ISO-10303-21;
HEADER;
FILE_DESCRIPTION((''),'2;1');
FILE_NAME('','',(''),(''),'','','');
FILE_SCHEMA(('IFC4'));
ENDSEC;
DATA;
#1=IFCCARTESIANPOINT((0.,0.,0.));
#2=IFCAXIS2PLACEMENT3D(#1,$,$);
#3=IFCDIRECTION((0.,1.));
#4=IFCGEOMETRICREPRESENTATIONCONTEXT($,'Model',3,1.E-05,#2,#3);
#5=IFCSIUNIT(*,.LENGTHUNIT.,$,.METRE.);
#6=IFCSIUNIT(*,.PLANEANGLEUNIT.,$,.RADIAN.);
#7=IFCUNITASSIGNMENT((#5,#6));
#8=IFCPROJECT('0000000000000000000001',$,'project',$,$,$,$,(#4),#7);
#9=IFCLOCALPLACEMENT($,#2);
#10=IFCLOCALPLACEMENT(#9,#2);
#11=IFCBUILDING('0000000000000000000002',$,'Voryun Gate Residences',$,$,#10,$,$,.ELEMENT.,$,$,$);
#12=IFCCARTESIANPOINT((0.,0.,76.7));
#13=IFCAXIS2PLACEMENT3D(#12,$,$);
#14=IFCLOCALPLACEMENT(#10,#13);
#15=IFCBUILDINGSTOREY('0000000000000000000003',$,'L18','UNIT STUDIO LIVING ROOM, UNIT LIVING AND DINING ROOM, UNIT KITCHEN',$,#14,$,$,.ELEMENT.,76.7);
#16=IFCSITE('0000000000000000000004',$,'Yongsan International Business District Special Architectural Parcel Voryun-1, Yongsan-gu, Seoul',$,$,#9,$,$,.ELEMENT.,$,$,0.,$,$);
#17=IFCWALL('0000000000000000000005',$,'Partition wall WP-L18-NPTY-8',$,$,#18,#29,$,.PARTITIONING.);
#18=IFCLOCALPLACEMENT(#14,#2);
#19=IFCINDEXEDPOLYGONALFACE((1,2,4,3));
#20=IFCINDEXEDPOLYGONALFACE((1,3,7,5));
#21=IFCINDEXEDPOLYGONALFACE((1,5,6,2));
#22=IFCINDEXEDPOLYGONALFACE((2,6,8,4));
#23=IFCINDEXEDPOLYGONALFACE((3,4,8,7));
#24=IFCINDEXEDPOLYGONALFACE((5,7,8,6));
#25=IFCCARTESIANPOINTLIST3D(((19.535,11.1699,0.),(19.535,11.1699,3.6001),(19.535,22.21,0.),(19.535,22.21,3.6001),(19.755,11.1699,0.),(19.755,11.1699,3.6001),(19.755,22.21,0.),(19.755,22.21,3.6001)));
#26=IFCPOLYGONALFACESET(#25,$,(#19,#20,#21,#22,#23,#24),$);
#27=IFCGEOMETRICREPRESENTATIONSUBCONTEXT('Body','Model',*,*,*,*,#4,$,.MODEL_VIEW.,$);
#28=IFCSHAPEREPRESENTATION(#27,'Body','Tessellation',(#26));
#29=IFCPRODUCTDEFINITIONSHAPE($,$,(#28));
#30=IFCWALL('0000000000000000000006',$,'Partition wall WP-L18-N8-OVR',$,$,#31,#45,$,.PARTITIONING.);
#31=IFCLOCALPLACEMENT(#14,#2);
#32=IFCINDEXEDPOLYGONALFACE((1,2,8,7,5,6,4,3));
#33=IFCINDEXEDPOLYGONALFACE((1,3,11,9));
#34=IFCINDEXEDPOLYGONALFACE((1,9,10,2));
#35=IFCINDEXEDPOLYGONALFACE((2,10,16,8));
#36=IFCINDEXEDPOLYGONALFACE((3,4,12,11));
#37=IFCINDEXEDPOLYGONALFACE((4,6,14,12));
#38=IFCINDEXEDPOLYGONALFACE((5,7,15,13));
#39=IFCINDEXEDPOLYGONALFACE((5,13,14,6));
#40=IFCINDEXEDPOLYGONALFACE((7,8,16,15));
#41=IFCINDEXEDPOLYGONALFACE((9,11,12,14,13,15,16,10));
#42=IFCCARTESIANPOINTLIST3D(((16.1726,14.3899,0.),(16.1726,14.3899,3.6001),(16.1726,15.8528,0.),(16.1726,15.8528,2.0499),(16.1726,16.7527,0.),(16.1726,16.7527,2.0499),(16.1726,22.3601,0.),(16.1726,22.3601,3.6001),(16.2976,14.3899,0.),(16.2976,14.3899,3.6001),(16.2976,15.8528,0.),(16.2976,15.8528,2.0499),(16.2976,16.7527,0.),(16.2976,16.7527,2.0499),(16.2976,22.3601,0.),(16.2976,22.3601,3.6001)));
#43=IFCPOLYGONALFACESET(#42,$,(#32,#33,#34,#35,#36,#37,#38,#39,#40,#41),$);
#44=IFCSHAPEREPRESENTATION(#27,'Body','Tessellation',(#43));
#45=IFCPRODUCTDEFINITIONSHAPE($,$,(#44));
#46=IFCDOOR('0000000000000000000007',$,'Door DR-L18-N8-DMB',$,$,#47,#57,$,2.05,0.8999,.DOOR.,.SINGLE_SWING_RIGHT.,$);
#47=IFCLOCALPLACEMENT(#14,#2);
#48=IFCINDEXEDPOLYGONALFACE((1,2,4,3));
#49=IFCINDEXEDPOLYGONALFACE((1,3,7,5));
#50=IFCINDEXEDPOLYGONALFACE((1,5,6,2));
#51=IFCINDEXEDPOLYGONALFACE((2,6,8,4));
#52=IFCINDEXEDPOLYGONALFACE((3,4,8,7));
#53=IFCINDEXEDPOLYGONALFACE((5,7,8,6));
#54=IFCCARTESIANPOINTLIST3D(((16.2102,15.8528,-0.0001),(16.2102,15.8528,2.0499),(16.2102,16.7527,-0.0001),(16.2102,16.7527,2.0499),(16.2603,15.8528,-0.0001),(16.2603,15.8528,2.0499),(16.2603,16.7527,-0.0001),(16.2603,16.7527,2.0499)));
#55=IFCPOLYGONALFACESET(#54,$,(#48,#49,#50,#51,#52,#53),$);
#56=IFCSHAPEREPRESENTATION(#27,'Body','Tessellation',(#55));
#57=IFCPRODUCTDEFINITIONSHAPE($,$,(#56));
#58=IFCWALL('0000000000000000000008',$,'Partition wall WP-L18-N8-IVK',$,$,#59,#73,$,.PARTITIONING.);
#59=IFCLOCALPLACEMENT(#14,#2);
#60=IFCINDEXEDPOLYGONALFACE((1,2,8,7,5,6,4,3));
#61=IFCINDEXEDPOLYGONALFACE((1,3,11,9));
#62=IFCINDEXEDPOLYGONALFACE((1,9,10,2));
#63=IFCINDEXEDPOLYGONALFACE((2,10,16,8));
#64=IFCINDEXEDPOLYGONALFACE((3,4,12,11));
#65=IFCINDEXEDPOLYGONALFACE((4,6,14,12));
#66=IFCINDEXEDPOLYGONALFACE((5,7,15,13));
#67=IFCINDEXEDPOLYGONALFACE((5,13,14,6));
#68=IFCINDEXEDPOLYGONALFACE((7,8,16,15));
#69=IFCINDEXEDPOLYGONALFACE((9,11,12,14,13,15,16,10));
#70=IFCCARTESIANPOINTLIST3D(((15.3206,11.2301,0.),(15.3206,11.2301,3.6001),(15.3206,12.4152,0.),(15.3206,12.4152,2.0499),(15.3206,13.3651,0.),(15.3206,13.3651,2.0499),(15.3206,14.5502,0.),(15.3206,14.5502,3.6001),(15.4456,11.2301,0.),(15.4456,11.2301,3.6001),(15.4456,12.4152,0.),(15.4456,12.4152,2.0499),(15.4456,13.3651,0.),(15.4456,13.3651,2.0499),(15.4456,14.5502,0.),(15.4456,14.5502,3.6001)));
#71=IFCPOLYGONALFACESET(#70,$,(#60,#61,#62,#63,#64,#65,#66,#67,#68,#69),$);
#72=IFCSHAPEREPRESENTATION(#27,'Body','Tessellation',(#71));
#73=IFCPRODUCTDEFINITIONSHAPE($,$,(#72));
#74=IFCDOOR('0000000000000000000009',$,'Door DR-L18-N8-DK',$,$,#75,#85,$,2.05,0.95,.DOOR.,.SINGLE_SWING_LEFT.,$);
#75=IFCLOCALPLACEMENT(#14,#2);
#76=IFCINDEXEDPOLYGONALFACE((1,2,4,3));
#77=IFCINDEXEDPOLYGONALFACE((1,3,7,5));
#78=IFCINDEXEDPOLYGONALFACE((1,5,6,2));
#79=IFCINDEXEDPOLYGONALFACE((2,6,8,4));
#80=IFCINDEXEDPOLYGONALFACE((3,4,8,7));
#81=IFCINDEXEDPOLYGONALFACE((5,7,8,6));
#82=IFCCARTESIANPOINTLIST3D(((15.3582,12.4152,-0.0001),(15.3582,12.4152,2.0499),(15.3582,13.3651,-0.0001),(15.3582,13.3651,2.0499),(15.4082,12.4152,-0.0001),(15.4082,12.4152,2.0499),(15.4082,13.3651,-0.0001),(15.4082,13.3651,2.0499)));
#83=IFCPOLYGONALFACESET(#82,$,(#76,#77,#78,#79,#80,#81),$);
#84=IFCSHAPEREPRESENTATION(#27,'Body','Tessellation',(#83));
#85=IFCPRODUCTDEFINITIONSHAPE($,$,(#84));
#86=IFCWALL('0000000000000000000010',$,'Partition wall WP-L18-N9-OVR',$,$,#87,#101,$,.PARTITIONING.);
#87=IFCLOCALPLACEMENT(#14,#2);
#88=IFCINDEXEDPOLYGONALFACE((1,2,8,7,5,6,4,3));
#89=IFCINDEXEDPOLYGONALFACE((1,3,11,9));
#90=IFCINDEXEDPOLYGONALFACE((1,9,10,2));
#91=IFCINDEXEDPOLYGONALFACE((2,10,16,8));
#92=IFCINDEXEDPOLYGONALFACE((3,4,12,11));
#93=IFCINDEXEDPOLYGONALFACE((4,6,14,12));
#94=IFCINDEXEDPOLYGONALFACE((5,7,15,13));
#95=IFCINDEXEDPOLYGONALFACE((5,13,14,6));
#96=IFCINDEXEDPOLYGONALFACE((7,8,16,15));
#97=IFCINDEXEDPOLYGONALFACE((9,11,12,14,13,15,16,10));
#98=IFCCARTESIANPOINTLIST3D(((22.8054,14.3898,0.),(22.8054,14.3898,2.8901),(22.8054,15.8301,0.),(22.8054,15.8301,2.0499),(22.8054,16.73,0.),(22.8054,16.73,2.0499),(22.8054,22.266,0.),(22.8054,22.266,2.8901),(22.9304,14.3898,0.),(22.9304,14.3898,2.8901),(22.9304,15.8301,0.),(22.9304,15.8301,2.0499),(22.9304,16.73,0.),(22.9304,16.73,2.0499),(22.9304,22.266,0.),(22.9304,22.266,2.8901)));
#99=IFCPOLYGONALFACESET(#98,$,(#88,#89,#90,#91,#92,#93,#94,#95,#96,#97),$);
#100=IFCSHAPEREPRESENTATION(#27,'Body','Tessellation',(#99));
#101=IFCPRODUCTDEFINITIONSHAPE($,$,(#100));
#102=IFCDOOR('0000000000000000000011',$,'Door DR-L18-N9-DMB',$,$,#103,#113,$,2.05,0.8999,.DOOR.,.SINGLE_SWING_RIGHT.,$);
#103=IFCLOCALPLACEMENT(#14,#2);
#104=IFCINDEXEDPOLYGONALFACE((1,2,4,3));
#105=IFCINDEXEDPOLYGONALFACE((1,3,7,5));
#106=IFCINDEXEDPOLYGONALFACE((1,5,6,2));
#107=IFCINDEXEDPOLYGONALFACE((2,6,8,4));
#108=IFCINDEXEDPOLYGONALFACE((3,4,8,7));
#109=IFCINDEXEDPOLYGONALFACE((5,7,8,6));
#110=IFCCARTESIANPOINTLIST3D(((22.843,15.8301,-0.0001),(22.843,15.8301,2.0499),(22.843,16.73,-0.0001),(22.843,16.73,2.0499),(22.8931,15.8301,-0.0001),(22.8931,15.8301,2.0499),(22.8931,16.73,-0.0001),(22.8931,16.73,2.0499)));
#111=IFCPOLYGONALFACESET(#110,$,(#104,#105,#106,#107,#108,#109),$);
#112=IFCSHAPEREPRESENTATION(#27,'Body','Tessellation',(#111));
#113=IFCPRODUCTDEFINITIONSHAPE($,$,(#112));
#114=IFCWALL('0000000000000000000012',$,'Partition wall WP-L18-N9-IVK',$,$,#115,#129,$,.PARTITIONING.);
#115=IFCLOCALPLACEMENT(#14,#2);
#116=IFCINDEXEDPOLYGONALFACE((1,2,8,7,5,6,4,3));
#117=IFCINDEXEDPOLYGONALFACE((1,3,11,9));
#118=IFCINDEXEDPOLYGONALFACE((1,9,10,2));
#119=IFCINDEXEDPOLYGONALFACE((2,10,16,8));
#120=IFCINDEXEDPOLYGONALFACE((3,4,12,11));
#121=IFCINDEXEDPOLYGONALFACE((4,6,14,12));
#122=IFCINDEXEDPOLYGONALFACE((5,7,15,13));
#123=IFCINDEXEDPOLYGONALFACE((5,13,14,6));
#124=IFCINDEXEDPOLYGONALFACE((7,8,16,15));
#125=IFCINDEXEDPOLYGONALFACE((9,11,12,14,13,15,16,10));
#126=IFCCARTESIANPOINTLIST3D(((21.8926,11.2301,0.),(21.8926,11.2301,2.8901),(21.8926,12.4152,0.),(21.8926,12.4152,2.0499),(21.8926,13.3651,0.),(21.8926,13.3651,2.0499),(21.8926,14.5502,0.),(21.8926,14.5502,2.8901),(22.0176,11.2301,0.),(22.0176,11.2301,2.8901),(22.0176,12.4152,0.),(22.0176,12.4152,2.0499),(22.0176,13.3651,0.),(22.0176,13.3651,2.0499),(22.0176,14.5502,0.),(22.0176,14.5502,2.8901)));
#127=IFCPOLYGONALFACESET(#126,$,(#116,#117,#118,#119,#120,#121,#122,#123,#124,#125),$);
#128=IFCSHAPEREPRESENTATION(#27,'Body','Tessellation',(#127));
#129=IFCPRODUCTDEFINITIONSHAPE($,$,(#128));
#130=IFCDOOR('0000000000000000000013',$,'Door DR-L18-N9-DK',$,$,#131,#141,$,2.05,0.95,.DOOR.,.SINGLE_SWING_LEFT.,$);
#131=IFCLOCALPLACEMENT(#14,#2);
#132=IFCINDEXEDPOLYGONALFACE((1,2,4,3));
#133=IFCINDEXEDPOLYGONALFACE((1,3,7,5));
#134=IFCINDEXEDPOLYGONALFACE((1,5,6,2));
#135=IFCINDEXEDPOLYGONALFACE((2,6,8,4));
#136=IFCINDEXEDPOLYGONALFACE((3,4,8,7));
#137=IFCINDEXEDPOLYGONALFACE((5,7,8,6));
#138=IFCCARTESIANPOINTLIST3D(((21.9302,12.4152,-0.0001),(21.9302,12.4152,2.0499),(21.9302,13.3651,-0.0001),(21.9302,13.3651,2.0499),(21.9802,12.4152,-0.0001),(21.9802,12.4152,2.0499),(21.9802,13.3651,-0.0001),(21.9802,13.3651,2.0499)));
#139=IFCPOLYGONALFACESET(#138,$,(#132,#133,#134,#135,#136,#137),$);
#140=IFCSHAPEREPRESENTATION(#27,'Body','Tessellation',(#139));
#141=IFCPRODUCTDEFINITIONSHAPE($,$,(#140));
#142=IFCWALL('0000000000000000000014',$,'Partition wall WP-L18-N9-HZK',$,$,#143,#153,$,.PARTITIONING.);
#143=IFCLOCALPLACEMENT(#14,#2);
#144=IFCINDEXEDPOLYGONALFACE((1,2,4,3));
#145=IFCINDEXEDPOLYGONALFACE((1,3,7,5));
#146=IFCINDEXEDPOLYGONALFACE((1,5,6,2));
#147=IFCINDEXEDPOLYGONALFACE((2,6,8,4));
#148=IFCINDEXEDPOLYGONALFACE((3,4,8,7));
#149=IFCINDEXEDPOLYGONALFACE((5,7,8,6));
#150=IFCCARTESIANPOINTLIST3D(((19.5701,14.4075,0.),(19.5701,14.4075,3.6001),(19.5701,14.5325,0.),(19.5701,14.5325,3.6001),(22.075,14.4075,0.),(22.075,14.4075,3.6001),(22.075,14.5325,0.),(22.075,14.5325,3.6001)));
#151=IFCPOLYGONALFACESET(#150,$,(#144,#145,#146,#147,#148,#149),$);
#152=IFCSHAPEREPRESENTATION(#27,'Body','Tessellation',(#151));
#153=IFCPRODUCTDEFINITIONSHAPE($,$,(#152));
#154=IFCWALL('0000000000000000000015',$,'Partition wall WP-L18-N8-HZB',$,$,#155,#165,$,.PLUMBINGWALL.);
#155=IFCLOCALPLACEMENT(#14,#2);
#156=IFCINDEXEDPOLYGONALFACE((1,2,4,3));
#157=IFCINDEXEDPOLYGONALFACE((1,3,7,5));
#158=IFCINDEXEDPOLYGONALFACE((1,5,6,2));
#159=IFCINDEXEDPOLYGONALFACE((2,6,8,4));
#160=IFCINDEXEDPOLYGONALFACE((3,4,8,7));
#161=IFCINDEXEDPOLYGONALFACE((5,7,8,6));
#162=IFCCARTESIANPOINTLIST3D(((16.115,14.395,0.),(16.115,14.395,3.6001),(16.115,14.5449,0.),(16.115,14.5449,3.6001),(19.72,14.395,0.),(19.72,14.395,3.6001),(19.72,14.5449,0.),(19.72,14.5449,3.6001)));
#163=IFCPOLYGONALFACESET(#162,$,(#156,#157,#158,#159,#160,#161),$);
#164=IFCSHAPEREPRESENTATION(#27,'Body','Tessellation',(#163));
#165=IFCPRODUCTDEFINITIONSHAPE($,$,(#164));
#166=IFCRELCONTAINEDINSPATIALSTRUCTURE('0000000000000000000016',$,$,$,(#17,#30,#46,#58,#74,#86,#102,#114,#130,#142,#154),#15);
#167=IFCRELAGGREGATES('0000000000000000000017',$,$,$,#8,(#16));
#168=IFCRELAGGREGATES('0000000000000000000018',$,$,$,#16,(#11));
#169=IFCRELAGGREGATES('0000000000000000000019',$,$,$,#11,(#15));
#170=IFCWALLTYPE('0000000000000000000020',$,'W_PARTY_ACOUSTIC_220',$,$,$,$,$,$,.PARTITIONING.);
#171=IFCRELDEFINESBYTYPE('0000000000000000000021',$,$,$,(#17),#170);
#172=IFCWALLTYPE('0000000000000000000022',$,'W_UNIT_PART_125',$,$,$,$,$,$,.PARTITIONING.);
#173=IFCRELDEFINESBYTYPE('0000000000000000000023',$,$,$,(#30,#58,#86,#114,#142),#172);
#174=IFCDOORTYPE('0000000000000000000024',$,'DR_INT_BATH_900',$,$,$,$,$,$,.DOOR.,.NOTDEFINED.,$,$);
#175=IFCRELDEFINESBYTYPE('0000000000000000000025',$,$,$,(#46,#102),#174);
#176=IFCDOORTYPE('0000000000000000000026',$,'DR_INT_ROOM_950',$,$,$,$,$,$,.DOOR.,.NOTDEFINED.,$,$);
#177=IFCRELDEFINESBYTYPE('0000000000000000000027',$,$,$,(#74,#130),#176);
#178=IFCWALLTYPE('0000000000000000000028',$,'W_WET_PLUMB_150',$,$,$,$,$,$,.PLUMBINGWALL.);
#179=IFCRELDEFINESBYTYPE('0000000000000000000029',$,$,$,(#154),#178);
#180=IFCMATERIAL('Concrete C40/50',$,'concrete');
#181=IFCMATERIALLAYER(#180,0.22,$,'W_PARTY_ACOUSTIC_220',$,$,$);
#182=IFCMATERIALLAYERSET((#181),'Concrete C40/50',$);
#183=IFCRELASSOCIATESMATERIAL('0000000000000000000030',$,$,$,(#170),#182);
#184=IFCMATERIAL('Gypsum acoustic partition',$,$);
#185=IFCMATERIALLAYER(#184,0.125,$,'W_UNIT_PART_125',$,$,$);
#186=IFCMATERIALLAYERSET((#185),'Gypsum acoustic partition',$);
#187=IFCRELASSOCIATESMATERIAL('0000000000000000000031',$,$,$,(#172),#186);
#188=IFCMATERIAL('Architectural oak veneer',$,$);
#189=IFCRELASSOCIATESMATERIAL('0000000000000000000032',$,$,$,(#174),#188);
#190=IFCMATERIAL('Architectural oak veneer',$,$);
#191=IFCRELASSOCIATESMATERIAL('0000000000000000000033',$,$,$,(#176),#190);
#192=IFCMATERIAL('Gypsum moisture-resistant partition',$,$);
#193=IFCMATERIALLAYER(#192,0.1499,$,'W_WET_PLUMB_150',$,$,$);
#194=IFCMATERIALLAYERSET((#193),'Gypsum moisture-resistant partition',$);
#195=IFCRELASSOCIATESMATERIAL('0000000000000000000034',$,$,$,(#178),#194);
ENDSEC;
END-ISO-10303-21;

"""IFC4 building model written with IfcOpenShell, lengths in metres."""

from ifc_helpers import new_model, si_unit, direction, frame, frame_2d, origin, place, context, subcontext, project, spatial, rectangle, extrude, material, layer, layer_set, type_object, element, fill, save


model = new_model("IFC4")

# Units and contexts
model_context = context("Model", 3, precision=1e-05, world=origin(), true_north=direction((0.0, 1.0)))
body_context = subcontext(model_context, "Body", "Model", "MODEL_VIEW")
ifc_project = project(units=[si_unit("LENGTHUNIT", "METRE"), si_unit("PLANEANGLEUNIT", "RADIAN")], contexts=[model_context])

# Site, building, storey
site_placement = place(None, origin())
site = spatial("IfcSite", under=ifc_project, at=site_placement, Name="Yongsan International Business District Special Architectural Parcel Voryun-1, Yongsan-gu, Seoul", CompositionType="ELEMENT", RefElevation=0.0)
building_placement = place(site_placement, origin())
building = spatial("IfcBuilding", under=site, at=building_placement, Name="Voryun Gate Residences", CompositionType="ELEMENT")
storey_placement = place(building_placement, frame((0.0, 0.0, 76.7)))
storey = spatial("IfcBuildingStorey", under=building, at=storey_placement, Name="L18", Description="UNIT STUDIO LIVING ROOM, UNIT LIVING AND DINING ROOM, UNIT KITCHEN", CompositionType="ELEMENT", Elevation=76.7)

# Wall
ifc_material_1 = material(Name="Concrete C40/50", Category="concrete")
ifc_layer_1 = layer(ifc_material_1, 0.22, Name="W_PARTY_ACOUSTIC_220")
ifc_layer_set_1 = layer_set([ifc_layer_1], Name="Concrete C40/50")
wall_type_1 = type_object("IfcWallType", Name="W_PARTY_ACOUSTIC_220", PredefinedType="PARTITIONING", material=ifc_layer_set_1)
wall_1_placement = place(storey_placement, frame((19.645, 11.1699, 0.0), z_axis=(0.0, 0.0, 1.0), x_axis=(0.0, 1.0, 0.0)))
element("IfcWall", 1, at=wall_1_placement, inside=storey, type_object=wall_type_1, Name="Partition wall WP-L18-NPTY-8", PredefinedType="PARTITIONING", context=body_context, shape_type="SweptSolid", body=[
    extrude(rectangle(XDim=11.04, YDim=0.22, at=frame_2d((5.52, 0.0))), origin(), (0.0, 0.0, 1.0), 3.6001),
])

# Walls, openings, doors
ifc_material_2 = material(Name="Gypsum acoustic partition")
ifc_layer_2 = layer(ifc_material_2, 0.125, Name="W_UNIT_PART_125")
ifc_layer_set_2 = layer_set([ifc_layer_2], Name="Gypsum acoustic partition")
wall_type_2 = type_object("IfcWallType", Name="W_UNIT_PART_125", PredefinedType="PARTITIONING", material=ifc_layer_set_2)
wall_2_placement = place(storey_placement, frame((16.2351, 14.3899, 0.0), z_axis=(0.0, 0.0, 1.0), x_axis=(0.0, 1.0, 0.0)))
wall_2 = element("IfcWall", 2, at=wall_2_placement, inside=storey, type_object=wall_type_2, Name="Partition wall WP-L18-N8-OVR", PredefinedType="PARTITIONING", context=body_context, shape_type="SweptSolid", body=[
    extrude(rectangle(XDim=7.9702, YDim=0.125, at=frame_2d((3.9851, 0.0))), origin(), (0.0, 0.0, 1.0), 3.6001),
])
opening_1_placement = place(wall_2_placement, frame((1.4629, 0.0, 0.0)))
opening_1 = element("IfcOpeningElement", 3, at=opening_1_placement, cuts=wall_2, PredefinedType="OPENING", context=body_context, shape_type="SweptSolid", body=[
    extrude(rectangle(XDim=0.8999, YDim=2.05, at=frame_2d((0.45, 1.0249))), frame((0.0, 0.0725, 0.0), z_axis=(0.0, -1.0, 0.0), x_axis=(1.0, 0.0, 0.0)), (0.0, 0.0, 1.0), 0.145),
])
ifc_material_3 = material(Name="Architectural oak veneer")
door_type_1 = type_object("IfcDoorType", Name="DR_INT_BATH_900", OperationType="NOTDEFINED", PredefinedType="DOOR", material=ifc_material_3)
door_1_placement = place(opening_1_placement, origin())
door_1 = element("IfcDoor", 4, at=door_1_placement, inside=storey, type_object=door_type_1, Name="Door DR-L18-N8-DMB", OperationType="SINGLE_SWING_RIGHT", OverallHeight=2.05, OverallWidth=0.8999, PredefinedType="DOOR", context=body_context, shape_type="SweptSolid", body=[
    extrude(rectangle(XDim=0.8999, YDim=2.05, at=frame_2d((0.45, 1.0249))), frame((0.0, 0.0249, 0.0), z_axis=(0.0, -1.0, 0.0), x_axis=(1.0, 0.0, 0.0)), (0.0, 0.0, 1.0), 0.05),
])
fill(opening_1, door_1)
wall_3_placement = place(storey_placement, frame((15.3831, 11.23, 0.0), z_axis=(0.0, 0.0, 1.0), x_axis=(0.0, 1.0, 0.0)))
wall_3 = element("IfcWall", 5, at=wall_3_placement, inside=storey, type_object=wall_type_2, Name="Partition wall WP-L18-N8-IVK", PredefinedType="PARTITIONING", context=body_context, shape_type="SweptSolid", body=[
    extrude(rectangle(XDim=3.3201, YDim=0.125, at=frame_2d((1.6602, 0.0))), origin(), (0.0, 0.0, 1.0), 3.6001),
])
opening_2_placement = place(wall_3_placement, frame((1.1851, 0.0, 0.0)))
opening_2 = element("IfcOpeningElement", 6, at=opening_2_placement, cuts=wall_3, PredefinedType="OPENING", context=body_context, shape_type="SweptSolid", body=[
    extrude(rectangle(XDim=0.95, YDim=2.05, at=frame_2d((0.4751, 1.0249))), frame((0.0, 0.0725, 0.0), z_axis=(0.0, -1.0, 0.0), x_axis=(1.0, 0.0, 0.0)), (0.0, 0.0, 1.0), 0.145),
])
ifc_material_4 = material(Name="Architectural oak veneer")
door_type_2 = type_object("IfcDoorType", Name="DR_INT_ROOM_950", OperationType="NOTDEFINED", PredefinedType="DOOR", material=ifc_material_4)
door_2_placement = place(opening_2_placement, origin())
door_2 = element("IfcDoor", 7, at=door_2_placement, inside=storey, type_object=door_type_2, Name="Door DR-L18-N8-DK", OperationType="SINGLE_SWING_LEFT", OverallHeight=2.05, OverallWidth=0.95, PredefinedType="DOOR", context=body_context, shape_type="SweptSolid", body=[
    extrude(rectangle(XDim=0.95, YDim=2.05, at=frame_2d((0.4751, 1.0249))), frame((0.0, 0.0249, 0.0), z_axis=(0.0, -1.0, 0.0), x_axis=(1.0, 0.0, 0.0)), (0.0, 0.0, 1.0), 0.05),
])
fill(opening_2, door_2)
wall_4_placement = place(storey_placement, frame((22.8679, 14.3899, 0.0), z_axis=(0.0, 0.0, 1.0), x_axis=(0.0, 1.0, 0.0)))
wall_4 = element("IfcWall", 8, at=wall_4_placement, inside=storey, type_object=wall_type_2, Name="Partition wall WP-L18-N9-OVR", PredefinedType="PARTITIONING", context=body_context, shape_type="SweptSolid", body=[
    extrude(rectangle(XDim=7.8762, YDim=0.125, at=frame_2d((3.938, 0.0))), origin(), (0.0, 0.0, 1.0), 2.8901),
])
opening_3_placement = place(wall_4_placement, frame((1.4402, 0.0, 0.0)))
opening_3 = element("IfcOpeningElement", 9, at=opening_3_placement, cuts=wall_4, PredefinedType="OPENING", context=body_context, shape_type="SweptSolid", body=[
    extrude(rectangle(XDim=0.8999, YDim=2.05, at=frame_2d((0.45, 1.0249))), frame((0.0, 0.0725, 0.0), z_axis=(0.0, -1.0, 0.0), x_axis=(1.0, 0.0, 0.0)), (0.0, 0.0, 1.0), 0.145),
])
door_3_placement = place(opening_3_placement, origin())
door_3 = element("IfcDoor", 10, at=door_3_placement, inside=storey, type_object=door_type_1, Name="Door DR-L18-N9-DMB", OperationType="SINGLE_SWING_RIGHT", OverallHeight=2.05, OverallWidth=0.8999, PredefinedType="DOOR", context=body_context, shape_type="SweptSolid", body=[
    extrude(rectangle(XDim=0.8999, YDim=2.05, at=frame_2d((0.45, 1.0249))), frame((0.0, 0.0249, 0.0), z_axis=(0.0, -1.0, 0.0), x_axis=(1.0, 0.0, 0.0)), (0.0, 0.0, 1.0), 0.05),
])
fill(opening_3, door_3)
wall_5_placement = place(storey_placement, frame((21.9551, 11.23, 0.0), z_axis=(0.0, 0.0, 1.0), x_axis=(0.0, 1.0, 0.0)))
wall_5 = element("IfcWall", 11, at=wall_5_placement, inside=storey, type_object=wall_type_2, Name="Partition wall WP-L18-N9-IVK", PredefinedType="PARTITIONING", context=body_context, shape_type="SweptSolid", body=[
    extrude(rectangle(XDim=3.3201, YDim=0.125, at=frame_2d((1.6602, 0.0))), origin(), (0.0, 0.0, 1.0), 2.8901),
])
opening_4_placement = place(wall_5_placement, frame((1.1851, 0.0, 0.0)))
opening_4 = element("IfcOpeningElement", 12, at=opening_4_placement, cuts=wall_5, PredefinedType="OPENING", context=body_context, shape_type="SweptSolid", body=[
    extrude(rectangle(XDim=0.95, YDim=2.05, at=frame_2d((0.4751, 1.0249))), frame((0.0, 0.0725, 0.0), z_axis=(0.0, -1.0, 0.0), x_axis=(1.0, 0.0, 0.0)), (0.0, 0.0, 1.0), 0.145),
])
door_4_placement = place(opening_4_placement, origin())
door_4 = element("IfcDoor", 13, at=door_4_placement, inside=storey, type_object=door_type_2, Name="Door DR-L18-N9-DK", OperationType="SINGLE_SWING_LEFT", OverallHeight=2.05, OverallWidth=0.95, PredefinedType="DOOR", context=body_context, shape_type="SweptSolid", body=[
    extrude(rectangle(XDim=0.95, YDim=2.05, at=frame_2d((0.4751, 1.0249))), frame((0.0, 0.0249, 0.0), z_axis=(0.0, -1.0, 0.0), x_axis=(1.0, 0.0, 0.0)), (0.0, 0.0, 1.0), 0.05),
])
fill(opening_4, door_4)

# Walls
wall_6_placement = place(storey_placement, frame((19.5701, 14.47, 0.0), z_axis=(0.0, 0.0, 1.0), x_axis=(1.0, 0.0, 0.0)))
element("IfcWall", 14, at=wall_6_placement, inside=storey, type_object=wall_type_2, Name="Partition wall WP-L18-N9-HZK", PredefinedType="PARTITIONING", context=body_context, shape_type="SweptSolid", body=[
    extrude(rectangle(XDim=2.5049, YDim=0.125, at=frame_2d((1.2524, 0.0))), origin(), (0.0, 0.0, 1.0), 3.6001),
])
ifc_material_5 = material(Name="Gypsum moisture-resistant partition")
ifc_layer_3 = layer(ifc_material_5, 0.1499, Name="W_WET_PLUMB_150")
ifc_layer_set_3 = layer_set([ifc_layer_3], Name="Gypsum moisture-resistant partition")
wall_type_3 = type_object("IfcWallType", Name="W_WET_PLUMB_150", PredefinedType="PLUMBINGWALL", material=ifc_layer_set_3)
wall_7_placement = place(storey_placement, frame((16.115, 14.47, 0.0), z_axis=(0.0, 0.0, 1.0), x_axis=(1.0, 0.0, 0.0)))
element("IfcWall", 15, at=wall_7_placement, inside=storey, type_object=wall_type_3, Name="Partition wall WP-L18-N8-HZB", PredefinedType="PLUMBINGWALL", context=body_context, shape_type="SweptSolid", body=[
    extrude(rectangle(XDim=3.605, YDim=0.1499, at=frame_2d((1.8025, 0.0))), origin(), (0.0, 0.0, 1.0), 3.6001),
])

save(model, "model.ifc")
